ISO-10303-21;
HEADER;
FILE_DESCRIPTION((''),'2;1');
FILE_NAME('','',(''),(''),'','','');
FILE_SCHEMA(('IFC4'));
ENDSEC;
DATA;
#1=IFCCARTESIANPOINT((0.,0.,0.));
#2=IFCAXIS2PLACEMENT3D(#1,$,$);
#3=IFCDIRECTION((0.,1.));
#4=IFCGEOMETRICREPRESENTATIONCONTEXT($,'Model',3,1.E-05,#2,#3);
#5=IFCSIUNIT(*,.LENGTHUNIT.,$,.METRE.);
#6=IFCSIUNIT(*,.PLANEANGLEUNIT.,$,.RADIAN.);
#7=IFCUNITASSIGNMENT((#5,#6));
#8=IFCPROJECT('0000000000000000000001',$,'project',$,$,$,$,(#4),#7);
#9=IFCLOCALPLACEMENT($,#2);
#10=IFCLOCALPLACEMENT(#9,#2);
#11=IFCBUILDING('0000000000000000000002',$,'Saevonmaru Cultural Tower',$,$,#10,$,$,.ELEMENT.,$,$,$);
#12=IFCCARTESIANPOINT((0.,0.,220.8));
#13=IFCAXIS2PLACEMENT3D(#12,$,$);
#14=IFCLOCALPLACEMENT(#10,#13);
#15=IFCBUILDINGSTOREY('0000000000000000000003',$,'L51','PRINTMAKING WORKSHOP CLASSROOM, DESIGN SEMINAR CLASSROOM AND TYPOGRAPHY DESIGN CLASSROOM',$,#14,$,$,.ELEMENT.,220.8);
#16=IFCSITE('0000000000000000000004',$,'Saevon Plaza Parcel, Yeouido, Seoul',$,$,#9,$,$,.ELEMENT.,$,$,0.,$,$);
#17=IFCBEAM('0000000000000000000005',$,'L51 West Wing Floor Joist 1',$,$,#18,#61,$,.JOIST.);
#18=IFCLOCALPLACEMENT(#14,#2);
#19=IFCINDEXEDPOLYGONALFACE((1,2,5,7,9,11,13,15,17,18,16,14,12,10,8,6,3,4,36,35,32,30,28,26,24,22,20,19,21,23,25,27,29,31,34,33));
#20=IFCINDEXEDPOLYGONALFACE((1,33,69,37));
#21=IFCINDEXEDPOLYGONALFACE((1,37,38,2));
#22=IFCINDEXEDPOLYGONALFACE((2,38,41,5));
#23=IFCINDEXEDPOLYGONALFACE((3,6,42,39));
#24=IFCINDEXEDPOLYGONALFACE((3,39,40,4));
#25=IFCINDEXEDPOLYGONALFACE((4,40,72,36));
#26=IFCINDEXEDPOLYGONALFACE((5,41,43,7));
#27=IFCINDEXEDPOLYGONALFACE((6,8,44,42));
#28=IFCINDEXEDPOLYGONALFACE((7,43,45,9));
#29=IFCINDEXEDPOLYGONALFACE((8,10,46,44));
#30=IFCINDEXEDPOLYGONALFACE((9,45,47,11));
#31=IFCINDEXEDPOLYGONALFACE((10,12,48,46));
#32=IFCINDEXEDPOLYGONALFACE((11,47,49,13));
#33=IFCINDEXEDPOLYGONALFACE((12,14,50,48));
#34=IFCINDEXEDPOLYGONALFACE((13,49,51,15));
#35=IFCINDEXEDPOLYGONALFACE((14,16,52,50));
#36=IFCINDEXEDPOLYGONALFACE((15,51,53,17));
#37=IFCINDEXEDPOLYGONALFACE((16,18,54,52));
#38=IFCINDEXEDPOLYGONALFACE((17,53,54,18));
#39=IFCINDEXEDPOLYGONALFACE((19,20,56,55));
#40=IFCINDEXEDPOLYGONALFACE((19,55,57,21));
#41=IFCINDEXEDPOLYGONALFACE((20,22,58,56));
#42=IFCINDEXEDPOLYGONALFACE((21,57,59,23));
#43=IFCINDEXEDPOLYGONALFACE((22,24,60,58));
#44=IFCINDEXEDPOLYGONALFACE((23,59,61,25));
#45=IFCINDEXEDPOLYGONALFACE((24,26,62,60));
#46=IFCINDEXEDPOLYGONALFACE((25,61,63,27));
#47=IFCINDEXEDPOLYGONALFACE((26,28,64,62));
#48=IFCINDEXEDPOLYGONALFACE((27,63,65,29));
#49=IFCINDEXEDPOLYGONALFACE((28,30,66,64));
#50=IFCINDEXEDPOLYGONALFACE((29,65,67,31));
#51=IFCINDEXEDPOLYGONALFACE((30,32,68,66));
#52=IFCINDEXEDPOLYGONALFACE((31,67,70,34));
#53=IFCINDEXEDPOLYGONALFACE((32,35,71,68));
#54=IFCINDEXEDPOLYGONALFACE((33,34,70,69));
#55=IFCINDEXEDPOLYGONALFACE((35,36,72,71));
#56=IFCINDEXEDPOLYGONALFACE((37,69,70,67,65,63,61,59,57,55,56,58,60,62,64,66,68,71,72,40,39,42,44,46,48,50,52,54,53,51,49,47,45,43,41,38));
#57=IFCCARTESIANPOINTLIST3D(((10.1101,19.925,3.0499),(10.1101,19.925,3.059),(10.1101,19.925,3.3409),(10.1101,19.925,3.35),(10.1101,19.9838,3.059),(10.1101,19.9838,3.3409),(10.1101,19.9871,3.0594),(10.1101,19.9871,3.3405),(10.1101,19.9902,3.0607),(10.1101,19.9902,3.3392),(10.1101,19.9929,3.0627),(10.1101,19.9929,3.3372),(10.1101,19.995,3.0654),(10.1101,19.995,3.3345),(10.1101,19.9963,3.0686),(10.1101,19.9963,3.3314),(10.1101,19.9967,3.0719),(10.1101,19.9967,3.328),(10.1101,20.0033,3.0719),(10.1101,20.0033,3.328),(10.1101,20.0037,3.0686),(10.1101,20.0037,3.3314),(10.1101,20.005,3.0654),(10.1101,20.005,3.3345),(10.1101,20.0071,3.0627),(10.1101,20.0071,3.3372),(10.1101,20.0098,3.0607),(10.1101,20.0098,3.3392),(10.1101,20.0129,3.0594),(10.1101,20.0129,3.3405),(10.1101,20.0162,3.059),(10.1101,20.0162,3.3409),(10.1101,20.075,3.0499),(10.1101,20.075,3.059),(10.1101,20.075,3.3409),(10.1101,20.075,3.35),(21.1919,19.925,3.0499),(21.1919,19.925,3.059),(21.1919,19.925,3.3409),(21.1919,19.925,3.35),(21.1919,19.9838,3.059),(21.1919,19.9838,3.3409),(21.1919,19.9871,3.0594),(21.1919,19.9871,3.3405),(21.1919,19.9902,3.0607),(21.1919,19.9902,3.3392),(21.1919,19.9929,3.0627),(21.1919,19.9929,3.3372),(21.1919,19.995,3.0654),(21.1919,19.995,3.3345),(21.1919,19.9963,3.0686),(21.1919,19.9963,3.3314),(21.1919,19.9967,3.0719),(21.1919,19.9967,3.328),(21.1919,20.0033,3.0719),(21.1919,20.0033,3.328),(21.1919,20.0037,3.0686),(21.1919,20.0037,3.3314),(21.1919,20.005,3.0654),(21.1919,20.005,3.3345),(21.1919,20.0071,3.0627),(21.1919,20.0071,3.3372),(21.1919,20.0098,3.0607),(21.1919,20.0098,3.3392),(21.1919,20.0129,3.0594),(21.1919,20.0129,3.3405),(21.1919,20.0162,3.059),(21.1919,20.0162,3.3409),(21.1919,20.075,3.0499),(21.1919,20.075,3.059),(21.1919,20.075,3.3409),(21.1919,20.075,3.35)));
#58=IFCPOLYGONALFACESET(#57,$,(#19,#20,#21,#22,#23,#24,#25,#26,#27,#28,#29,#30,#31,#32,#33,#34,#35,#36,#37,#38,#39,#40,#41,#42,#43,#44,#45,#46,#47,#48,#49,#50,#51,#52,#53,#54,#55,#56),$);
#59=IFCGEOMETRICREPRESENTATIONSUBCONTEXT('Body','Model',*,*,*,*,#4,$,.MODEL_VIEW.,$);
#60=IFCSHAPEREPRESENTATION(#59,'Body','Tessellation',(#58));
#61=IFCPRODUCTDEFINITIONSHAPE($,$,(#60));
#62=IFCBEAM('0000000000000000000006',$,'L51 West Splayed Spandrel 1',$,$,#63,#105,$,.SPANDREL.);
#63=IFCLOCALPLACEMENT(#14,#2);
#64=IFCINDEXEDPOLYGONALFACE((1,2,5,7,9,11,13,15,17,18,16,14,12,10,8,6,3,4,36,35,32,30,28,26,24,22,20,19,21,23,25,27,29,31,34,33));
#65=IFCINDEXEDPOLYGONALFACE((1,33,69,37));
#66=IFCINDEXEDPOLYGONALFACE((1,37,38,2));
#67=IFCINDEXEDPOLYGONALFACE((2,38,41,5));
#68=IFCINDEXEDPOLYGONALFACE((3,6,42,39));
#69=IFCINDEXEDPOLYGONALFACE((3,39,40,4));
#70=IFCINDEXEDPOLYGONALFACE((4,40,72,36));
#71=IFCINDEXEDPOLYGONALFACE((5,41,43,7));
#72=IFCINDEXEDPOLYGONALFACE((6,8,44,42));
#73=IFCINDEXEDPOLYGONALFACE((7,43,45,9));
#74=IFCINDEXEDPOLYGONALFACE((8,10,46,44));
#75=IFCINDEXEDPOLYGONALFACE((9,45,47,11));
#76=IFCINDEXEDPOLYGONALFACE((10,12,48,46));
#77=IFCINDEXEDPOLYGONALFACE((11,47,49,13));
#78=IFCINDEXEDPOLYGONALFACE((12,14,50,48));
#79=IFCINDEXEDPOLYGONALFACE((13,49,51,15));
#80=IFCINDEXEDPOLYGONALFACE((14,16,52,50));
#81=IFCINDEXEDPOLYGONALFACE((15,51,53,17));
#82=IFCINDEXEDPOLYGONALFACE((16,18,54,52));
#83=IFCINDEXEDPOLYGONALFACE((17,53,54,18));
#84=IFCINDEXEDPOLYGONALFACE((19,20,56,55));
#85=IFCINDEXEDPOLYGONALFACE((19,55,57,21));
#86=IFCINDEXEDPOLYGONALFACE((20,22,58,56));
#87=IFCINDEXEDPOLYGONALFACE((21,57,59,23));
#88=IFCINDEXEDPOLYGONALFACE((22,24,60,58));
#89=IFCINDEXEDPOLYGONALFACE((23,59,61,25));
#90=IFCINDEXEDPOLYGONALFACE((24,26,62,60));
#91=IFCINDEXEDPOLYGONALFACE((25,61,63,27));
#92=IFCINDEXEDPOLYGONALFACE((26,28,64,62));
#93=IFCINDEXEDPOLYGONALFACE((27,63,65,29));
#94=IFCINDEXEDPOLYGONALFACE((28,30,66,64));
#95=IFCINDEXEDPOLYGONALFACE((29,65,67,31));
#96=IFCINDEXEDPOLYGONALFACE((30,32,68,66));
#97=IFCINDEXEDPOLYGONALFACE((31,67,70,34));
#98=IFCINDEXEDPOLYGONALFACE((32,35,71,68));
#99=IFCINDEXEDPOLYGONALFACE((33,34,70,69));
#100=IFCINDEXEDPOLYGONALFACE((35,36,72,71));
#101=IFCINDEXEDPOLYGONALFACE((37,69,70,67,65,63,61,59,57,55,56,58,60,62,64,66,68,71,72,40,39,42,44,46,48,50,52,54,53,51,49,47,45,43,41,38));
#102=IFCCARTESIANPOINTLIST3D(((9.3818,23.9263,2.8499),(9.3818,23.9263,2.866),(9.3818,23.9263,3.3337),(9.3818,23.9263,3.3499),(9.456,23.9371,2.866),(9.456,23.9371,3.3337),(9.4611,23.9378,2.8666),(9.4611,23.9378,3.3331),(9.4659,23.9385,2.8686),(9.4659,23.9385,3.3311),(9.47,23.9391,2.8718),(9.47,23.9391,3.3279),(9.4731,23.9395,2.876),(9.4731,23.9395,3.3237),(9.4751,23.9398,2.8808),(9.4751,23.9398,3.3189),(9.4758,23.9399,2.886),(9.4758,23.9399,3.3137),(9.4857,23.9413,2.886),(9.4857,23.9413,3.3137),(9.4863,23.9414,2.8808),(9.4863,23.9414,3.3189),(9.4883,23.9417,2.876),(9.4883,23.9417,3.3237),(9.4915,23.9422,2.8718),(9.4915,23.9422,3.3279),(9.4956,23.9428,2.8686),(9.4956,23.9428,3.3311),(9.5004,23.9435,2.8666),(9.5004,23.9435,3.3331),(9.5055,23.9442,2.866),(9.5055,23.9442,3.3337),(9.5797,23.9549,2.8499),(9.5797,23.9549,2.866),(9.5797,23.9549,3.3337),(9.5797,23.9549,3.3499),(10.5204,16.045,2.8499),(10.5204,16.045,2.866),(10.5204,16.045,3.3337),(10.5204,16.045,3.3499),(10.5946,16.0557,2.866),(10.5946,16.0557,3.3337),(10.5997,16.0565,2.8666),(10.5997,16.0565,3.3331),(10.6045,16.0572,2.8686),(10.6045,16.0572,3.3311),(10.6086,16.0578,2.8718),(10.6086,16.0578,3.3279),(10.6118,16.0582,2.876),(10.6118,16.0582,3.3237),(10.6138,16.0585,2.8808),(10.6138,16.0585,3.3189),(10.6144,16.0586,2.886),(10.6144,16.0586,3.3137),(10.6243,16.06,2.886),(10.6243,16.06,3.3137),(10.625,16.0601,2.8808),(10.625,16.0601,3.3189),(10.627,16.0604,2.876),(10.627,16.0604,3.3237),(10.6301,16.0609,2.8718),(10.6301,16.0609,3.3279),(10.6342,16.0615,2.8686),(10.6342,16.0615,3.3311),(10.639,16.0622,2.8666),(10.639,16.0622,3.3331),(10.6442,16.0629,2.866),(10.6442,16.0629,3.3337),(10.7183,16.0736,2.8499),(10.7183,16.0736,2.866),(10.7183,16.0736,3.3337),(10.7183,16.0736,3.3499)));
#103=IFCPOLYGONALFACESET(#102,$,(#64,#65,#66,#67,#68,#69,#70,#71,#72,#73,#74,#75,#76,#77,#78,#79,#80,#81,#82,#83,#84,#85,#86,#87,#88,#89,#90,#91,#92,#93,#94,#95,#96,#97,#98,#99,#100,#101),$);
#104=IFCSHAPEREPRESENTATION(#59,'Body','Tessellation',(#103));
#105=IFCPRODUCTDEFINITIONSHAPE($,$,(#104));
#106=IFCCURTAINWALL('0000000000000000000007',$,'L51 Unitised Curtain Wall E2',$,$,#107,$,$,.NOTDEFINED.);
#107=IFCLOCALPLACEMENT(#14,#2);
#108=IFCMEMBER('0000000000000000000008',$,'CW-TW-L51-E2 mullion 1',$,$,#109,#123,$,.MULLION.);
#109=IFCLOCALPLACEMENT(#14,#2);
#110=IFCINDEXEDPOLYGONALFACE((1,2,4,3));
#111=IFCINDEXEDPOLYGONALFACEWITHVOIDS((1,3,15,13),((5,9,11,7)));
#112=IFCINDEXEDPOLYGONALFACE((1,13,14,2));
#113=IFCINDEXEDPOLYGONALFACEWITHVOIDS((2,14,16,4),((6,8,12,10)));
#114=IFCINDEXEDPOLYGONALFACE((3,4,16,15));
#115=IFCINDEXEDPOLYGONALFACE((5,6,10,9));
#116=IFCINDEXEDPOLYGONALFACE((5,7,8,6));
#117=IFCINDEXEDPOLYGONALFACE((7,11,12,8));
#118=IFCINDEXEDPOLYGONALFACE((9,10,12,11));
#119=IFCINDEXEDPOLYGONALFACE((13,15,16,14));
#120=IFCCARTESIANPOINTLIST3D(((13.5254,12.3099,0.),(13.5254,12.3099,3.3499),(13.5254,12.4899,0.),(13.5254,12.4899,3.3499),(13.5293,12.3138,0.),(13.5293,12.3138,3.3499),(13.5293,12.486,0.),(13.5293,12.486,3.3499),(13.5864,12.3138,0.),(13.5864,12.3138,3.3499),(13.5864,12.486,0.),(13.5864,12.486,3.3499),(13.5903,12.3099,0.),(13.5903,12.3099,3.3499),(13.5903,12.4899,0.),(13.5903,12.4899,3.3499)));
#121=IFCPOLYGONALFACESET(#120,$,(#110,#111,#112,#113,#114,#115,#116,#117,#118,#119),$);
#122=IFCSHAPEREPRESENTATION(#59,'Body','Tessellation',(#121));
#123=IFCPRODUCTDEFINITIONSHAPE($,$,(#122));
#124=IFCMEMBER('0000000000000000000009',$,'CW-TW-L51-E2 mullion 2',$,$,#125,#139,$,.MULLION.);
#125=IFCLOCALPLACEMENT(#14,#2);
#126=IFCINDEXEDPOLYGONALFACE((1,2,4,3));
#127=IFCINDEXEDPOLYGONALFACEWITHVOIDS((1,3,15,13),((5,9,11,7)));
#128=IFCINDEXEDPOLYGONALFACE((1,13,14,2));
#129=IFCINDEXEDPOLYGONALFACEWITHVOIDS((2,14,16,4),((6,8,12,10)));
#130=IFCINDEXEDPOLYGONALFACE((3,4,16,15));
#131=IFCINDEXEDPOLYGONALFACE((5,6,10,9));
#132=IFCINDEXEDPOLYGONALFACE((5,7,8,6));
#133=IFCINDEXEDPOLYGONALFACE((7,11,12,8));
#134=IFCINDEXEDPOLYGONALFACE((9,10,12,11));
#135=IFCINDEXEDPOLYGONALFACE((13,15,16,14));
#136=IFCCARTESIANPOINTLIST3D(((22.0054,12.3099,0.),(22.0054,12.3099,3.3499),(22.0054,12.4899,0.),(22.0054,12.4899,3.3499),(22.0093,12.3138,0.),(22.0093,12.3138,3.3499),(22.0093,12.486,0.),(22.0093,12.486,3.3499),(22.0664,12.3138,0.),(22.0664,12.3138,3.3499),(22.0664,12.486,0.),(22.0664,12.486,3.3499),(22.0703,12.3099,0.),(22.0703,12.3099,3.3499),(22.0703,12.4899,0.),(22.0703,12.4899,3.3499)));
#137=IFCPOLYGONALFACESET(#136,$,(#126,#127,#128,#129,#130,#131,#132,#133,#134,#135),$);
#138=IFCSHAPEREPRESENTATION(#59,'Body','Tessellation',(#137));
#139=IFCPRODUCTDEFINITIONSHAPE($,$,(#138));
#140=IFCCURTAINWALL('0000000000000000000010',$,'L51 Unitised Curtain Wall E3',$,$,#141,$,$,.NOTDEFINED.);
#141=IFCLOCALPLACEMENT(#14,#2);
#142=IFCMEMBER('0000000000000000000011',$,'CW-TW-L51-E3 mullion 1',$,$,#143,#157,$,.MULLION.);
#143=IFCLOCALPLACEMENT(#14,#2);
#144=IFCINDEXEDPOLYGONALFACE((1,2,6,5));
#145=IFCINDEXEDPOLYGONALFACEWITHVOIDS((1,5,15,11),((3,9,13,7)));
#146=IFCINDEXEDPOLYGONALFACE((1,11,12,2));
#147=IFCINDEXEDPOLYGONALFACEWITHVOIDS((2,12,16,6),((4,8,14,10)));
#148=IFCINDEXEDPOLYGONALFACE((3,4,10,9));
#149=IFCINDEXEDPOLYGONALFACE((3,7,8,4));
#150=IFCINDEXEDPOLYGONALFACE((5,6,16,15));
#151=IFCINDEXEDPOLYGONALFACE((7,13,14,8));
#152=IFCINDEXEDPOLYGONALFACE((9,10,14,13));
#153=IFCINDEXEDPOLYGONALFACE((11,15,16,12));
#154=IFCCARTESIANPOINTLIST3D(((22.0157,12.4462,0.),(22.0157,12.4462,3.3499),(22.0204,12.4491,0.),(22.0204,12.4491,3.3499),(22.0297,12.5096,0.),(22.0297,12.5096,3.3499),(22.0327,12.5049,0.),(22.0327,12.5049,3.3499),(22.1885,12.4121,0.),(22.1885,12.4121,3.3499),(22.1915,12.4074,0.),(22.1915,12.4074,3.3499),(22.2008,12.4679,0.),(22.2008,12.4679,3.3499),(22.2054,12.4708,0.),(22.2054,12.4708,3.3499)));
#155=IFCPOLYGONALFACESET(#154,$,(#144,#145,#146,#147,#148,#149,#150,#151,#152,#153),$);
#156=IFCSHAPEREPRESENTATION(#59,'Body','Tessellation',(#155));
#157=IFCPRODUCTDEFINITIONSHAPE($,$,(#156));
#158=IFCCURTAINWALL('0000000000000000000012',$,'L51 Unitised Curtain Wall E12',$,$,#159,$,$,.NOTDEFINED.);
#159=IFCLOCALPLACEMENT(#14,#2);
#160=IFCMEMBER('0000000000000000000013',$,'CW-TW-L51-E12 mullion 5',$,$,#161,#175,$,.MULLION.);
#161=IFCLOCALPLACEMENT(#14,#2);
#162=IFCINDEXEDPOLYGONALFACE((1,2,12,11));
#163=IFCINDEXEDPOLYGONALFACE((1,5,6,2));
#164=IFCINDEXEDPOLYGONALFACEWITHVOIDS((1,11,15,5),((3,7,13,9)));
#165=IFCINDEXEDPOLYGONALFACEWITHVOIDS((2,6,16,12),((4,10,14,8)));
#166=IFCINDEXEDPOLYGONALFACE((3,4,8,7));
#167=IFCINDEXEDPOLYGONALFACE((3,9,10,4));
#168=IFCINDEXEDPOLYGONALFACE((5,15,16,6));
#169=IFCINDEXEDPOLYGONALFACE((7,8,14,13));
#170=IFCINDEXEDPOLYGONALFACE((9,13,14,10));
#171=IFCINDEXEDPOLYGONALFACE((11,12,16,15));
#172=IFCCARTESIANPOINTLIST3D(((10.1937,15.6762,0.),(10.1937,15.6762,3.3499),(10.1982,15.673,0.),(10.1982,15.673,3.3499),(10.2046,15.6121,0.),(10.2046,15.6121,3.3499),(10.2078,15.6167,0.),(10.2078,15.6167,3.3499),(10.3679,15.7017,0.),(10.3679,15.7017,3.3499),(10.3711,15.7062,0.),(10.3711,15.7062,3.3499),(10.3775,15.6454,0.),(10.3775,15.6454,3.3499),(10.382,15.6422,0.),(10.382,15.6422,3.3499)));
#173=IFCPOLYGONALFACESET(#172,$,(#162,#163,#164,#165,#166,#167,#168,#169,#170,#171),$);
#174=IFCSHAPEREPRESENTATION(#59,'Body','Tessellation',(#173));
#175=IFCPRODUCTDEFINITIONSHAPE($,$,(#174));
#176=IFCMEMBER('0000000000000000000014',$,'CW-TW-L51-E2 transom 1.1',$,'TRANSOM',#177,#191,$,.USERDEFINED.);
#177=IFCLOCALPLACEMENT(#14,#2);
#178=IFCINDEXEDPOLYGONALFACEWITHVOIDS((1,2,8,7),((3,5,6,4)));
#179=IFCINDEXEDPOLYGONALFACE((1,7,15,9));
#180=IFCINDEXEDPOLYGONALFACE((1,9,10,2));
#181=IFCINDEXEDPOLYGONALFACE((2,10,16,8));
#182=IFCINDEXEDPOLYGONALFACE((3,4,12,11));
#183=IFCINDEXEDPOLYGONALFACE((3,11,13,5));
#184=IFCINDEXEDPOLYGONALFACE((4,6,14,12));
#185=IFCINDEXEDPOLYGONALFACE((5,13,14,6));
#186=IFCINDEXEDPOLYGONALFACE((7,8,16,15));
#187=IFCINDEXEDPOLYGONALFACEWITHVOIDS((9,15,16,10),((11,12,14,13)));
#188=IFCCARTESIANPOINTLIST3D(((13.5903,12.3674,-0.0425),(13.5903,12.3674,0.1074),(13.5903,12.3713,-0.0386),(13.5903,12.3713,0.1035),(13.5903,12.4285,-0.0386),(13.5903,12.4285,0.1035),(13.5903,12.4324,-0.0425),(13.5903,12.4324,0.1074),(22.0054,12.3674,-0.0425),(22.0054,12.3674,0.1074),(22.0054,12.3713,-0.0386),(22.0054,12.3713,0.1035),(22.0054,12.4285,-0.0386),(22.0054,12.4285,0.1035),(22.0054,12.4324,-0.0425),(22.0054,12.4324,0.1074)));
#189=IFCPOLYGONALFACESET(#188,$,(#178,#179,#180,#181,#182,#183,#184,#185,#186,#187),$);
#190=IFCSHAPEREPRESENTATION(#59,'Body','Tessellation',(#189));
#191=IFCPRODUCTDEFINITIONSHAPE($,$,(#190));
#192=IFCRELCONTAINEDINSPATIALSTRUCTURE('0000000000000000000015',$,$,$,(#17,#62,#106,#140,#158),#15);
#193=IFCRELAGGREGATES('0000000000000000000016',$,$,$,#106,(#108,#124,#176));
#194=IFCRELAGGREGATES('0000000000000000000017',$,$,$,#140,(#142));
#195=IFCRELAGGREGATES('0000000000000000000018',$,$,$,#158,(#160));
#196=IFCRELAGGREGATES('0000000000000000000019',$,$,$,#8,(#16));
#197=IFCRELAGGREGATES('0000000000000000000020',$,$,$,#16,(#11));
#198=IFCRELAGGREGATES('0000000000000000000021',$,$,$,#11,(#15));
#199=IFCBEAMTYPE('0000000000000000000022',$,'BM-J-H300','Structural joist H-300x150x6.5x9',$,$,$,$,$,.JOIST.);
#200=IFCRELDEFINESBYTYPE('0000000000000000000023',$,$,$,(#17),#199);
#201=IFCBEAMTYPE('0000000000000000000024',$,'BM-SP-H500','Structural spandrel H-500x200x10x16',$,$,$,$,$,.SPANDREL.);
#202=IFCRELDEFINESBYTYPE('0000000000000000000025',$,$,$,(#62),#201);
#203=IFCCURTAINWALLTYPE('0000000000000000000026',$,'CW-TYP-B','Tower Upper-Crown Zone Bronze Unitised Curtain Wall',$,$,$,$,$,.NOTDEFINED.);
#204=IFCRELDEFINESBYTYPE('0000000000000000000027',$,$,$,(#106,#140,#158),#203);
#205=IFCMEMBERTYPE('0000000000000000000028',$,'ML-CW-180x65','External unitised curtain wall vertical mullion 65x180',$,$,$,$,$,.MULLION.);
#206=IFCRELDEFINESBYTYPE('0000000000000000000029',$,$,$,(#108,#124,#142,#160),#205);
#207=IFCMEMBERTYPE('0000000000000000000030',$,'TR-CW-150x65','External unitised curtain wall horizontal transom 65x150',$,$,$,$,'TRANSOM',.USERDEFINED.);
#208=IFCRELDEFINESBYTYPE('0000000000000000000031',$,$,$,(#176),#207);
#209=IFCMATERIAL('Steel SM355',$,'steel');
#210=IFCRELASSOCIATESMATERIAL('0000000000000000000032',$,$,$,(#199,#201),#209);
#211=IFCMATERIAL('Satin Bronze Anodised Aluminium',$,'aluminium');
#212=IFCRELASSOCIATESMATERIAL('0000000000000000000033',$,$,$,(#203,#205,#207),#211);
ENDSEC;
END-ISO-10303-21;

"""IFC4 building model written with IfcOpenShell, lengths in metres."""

from ifc_helpers import new_model, si_unit, direction, frame, origin, origin_2d, place, context, subcontext, project, spatial, hollow_rectangle, i_section, extrude, material, material_profile, profile_set, type_object, element, aggregate, save


model = new_model("IFC4")

# Units and contexts
model_context = context("Model", 3, precision=1e-05, world=origin(), true_north=direction((0.0, 1.0)))
body_context = subcontext(model_context, "Body", "Model", "MODEL_VIEW")
ifc_project = project(units=[si_unit("LENGTHUNIT", "METRE"), si_unit("PLANEANGLEUNIT", "RADIAN")], contexts=[model_context])

# Site, building, storey
site_placement = place(None, origin())
site = spatial("IfcSite", under=ifc_project, at=site_placement, Name="Saevon Plaza Parcel, Yeouido, Seoul", CompositionType="ELEMENT", RefElevation=0.0)
building_placement = place(site_placement, origin())
building = spatial("IfcBuilding", under=site, at=building_placement, Name="Saevonmaru Cultural Tower", CompositionType="ELEMENT")
storey_placement = place(building_placement, frame((0.0, 0.0, 220.8)))
storey = spatial("IfcBuildingStorey", under=building, at=storey_placement, Name="L51", Description="PRINTMAKING WORKSHOP CLASSROOM, DESIGN SEMINAR CLASSROOM AND TYPOGRAPHY DESIGN CLASSROOM", CompositionType="ELEMENT", Elevation=220.8)

# Shared definitions
ifc_material_1 = material(Name="Steel SM355", Category="steel")

# Beams
ifc_material_profile_1 = material_profile(ifc_material_1, i_section(OverallWidth=0.1499, OverallDepth=0.3, WebThickness=0.0066, FlangeThickness=0.009, FilletRadius=0.0129, at=origin_2d()), Name="H-300x150x6.5x9")
ifc_profile_set_1 = profile_set([ifc_material_profile_1], Name="Steel SM355")
beam_type_1 = type_object("IfcBeamType", Name="BM-J-H300", Description="Structural joist H-300x150x6.5x9", PredefinedType="JOIST", material=ifc_profile_set_1)
beam_1_placement = place(storey_placement, frame((10.1101, 20.0, 3.2), z_axis=(1.0, 0.0, 0.0), x_axis=(0.0, 1.0, 0.0)))
element("IfcBeam", 1, at=beam_1_placement, inside=storey, type_object=beam_type_1, Name="L51 West Wing Floor Joist 1", PredefinedType="JOIST", context=body_context, shape_type="SweptSolid", body=[
    extrude(i_section(OverallWidth=0.1499, OverallDepth=0.3, WebThickness=0.0066, FlangeThickness=0.009, FilletRadius=0.0129, at=origin_2d()), origin(), (0.0, 0.0, 1.0), 11.0818),
])
ifc_material_profile_2 = material_profile(ifc_material_1, i_section(OverallWidth=0.2, OverallDepth=0.5, WebThickness=0.01, FlangeThickness=0.0161, FilletRadius=0.02, at=origin_2d()), Name="H-500x200x10x16")
ifc_profile_set_2 = profile_set([ifc_material_profile_2], Name="Steel SM355")
beam_type_2 = type_object("IfcBeamType", Name="BM-SP-H500", Description="Structural spandrel H-500x200x10x16", PredefinedType="SPANDREL", material=ifc_profile_set_2)
beam_2_placement = place(storey_placement, frame((10.6194, 16.0593, 3.0999), z_axis=(-0.142992, 0.989724, 0.0), x_axis=(-0.989724, -0.142992, 0.0)))
element("IfcBeam", 2, at=beam_2_placement, inside=storey, type_object=beam_type_2, Name="L51 West Splayed Spandrel 1", PredefinedType="SPANDREL", context=body_context, shape_type="SweptSolid", body=[
    extrude(i_section(OverallWidth=0.2, OverallDepth=0.5, WebThickness=0.01, FlangeThickness=0.0161, FilletRadius=0.02, at=origin_2d()), origin(), (0.0, 0.0, 1.0), 7.9631),
])

# Curtain wall, members
ifc_material_2 = material(Name="Satin Bronze Anodised Aluminium", Category="aluminium")
curtain_wall_type = type_object("IfcCurtainWallType", Name="CW-TYP-B", Description="Tower Upper-Crown Zone Bronze Unitised Curtain Wall", PredefinedType="NOTDEFINED", material=ifc_material_2)
curtain_wall_1_placement = place(storey_placement, origin())
curtain_wall_1 = element("IfcCurtainWall", 3, at=curtain_wall_1_placement, inside=storey, type_object=curtain_wall_type, Name="L51 Unitised Curtain Wall E2", PredefinedType="NOTDEFINED")
ifc_material_profile_3 = material_profile(ifc_material_2, hollow_rectangle(XDim=0.0649, YDim=0.1799, WallThickness=0.0039, at=origin_2d()), Name="ALU-MULL-180x65x4")
ifc_profile_set_3 = profile_set([ifc_material_profile_3], Name="Satin Bronze Anodised Aluminium")
member_type_1 = type_object("IfcMemberType", Name="ML-CW-180x65", Description="External unitised curtain wall vertical mullion 65x180", PredefinedType="MULLION", material=ifc_profile_set_3)
member_1_placement = place(storey_placement, frame((13.5579, 12.3999, 0.0), z_axis=(0.0, 0.0, 1.0), x_axis=(1.0, 0.0, 0.0)))
member_1 = element("IfcMember", 4, at=member_1_placement, type_object=member_type_1, Name="CW-TW-L51-E2 mullion 1", PredefinedType="MULLION", context=body_context, shape_type="SweptSolid", body=[
    extrude(hollow_rectangle(XDim=0.0649, YDim=0.1799, WallThickness=0.0039, at=origin_2d()), origin(), (0.0, 0.0, 1.0), 3.3499),
])
member_2_placement = place(storey_placement, frame((22.0378, 12.3999, 0.0), z_axis=(0.0, 0.0, 1.0), x_axis=(1.0, 0.0, 0.0)))
member_2 = element("IfcMember", 5, at=member_2_placement, type_object=member_type_1, Name="CW-TW-L51-E2 mullion 2", PredefinedType="MULLION", context=body_context, shape_type="SweptSolid", body=[
    extrude(hollow_rectangle(XDim=0.0649, YDim=0.1799, WallThickness=0.0039, at=origin_2d()), origin(), (0.0, 0.0, 1.0), 3.3499),
])

# Curtain walls, members
curtain_wall_2_placement = place(storey_placement, origin())
curtain_wall_2 = element("IfcCurtainWall", 6, at=curtain_wall_2_placement, inside=storey, type_object=curtain_wall_type, Name="L51 Unitised Curtain Wall E3", PredefinedType="NOTDEFINED")
member_3_placement = place(storey_placement, frame((22.1106, 12.4585, 0.0), z_axis=(0.0, 0.0, 1.0), x_axis=(0.215413, 0.976523, 0.0)))
member_3 = element("IfcMember", 7, at=member_3_placement, type_object=member_type_1, Name="CW-TW-L51-E3 mullion 1", PredefinedType="MULLION", context=body_context, shape_type="SweptSolid", body=[
    extrude(hollow_rectangle(XDim=0.0649, YDim=0.1799, WallThickness=0.0039, at=origin_2d()), origin(), (0.0, 0.0, 1.0), 3.3499),
])
curtain_wall_3_placement = place(storey_placement, origin())
curtain_wall_3 = element("IfcCurtainWall", 8, at=curtain_wall_3_placement, inside=storey, type_object=curtain_wall_type, Name="L51 Unitised Curtain Wall E12", PredefinedType="NOTDEFINED")
member_4_placement = place(storey_placement, frame((10.2878, 15.6592, 0.0), z_axis=(0.0, 0.0, 1.0), x_axis=(0.166922, -0.98597, 0.0)))
member_4 = element("IfcMember", 9, at=member_4_placement, type_object=member_type_1, Name="CW-TW-L51-E12 mullion 5", PredefinedType="MULLION", context=body_context, shape_type="SweptSolid", body=[
    extrude(hollow_rectangle(XDim=0.0649, YDim=0.1799, WallThickness=0.0039, at=origin_2d()), origin(), (0.0, 0.0, 1.0), 3.3499),
])

# Member
ifc_material_profile_4 = material_profile(ifc_material_2, hollow_rectangle(XDim=0.0649, YDim=0.1499, WallThickness=0.0039, at=origin_2d()), Name="ALU-TRAN-150x65x4")
ifc_profile_set_4 = profile_set([ifc_material_profile_4], Name="Satin Bronze Anodised Aluminium")
member_type_2 = type_object("IfcMemberType", Name="TR-CW-150x65", Description="External unitised curtain wall horizontal transom 65x150", ElementType="TRANSOM", PredefinedType="USERDEFINED", material=ifc_profile_set_4)
member_5_placement = place(storey_placement, frame((13.5903, 12.3999, 0.0325), z_axis=(1.0, 0.0, 0.0), x_axis=(0.0, 1.0, 0.0)))
member_5 = element("IfcMember", 10, at=member_5_placement, type_object=member_type_2, Name="CW-TW-L51-E2 transom 1.1", ObjectType="TRANSOM", PredefinedType="USERDEFINED", context=body_context, shape_type="SweptSolid", body=[
    extrude(hollow_rectangle(XDim=0.0649, YDim=0.1499, WallThickness=0.0039, at=origin_2d()), origin(), (0.0, 0.0, 1.0), 8.415),
])

aggregate(curtain_wall_1, [member_1, member_2, member_5])
aggregate(curtain_wall_2, [member_3])
aggregate(curtain_wall_3, [member_4])

save(model, "model.ifc")
